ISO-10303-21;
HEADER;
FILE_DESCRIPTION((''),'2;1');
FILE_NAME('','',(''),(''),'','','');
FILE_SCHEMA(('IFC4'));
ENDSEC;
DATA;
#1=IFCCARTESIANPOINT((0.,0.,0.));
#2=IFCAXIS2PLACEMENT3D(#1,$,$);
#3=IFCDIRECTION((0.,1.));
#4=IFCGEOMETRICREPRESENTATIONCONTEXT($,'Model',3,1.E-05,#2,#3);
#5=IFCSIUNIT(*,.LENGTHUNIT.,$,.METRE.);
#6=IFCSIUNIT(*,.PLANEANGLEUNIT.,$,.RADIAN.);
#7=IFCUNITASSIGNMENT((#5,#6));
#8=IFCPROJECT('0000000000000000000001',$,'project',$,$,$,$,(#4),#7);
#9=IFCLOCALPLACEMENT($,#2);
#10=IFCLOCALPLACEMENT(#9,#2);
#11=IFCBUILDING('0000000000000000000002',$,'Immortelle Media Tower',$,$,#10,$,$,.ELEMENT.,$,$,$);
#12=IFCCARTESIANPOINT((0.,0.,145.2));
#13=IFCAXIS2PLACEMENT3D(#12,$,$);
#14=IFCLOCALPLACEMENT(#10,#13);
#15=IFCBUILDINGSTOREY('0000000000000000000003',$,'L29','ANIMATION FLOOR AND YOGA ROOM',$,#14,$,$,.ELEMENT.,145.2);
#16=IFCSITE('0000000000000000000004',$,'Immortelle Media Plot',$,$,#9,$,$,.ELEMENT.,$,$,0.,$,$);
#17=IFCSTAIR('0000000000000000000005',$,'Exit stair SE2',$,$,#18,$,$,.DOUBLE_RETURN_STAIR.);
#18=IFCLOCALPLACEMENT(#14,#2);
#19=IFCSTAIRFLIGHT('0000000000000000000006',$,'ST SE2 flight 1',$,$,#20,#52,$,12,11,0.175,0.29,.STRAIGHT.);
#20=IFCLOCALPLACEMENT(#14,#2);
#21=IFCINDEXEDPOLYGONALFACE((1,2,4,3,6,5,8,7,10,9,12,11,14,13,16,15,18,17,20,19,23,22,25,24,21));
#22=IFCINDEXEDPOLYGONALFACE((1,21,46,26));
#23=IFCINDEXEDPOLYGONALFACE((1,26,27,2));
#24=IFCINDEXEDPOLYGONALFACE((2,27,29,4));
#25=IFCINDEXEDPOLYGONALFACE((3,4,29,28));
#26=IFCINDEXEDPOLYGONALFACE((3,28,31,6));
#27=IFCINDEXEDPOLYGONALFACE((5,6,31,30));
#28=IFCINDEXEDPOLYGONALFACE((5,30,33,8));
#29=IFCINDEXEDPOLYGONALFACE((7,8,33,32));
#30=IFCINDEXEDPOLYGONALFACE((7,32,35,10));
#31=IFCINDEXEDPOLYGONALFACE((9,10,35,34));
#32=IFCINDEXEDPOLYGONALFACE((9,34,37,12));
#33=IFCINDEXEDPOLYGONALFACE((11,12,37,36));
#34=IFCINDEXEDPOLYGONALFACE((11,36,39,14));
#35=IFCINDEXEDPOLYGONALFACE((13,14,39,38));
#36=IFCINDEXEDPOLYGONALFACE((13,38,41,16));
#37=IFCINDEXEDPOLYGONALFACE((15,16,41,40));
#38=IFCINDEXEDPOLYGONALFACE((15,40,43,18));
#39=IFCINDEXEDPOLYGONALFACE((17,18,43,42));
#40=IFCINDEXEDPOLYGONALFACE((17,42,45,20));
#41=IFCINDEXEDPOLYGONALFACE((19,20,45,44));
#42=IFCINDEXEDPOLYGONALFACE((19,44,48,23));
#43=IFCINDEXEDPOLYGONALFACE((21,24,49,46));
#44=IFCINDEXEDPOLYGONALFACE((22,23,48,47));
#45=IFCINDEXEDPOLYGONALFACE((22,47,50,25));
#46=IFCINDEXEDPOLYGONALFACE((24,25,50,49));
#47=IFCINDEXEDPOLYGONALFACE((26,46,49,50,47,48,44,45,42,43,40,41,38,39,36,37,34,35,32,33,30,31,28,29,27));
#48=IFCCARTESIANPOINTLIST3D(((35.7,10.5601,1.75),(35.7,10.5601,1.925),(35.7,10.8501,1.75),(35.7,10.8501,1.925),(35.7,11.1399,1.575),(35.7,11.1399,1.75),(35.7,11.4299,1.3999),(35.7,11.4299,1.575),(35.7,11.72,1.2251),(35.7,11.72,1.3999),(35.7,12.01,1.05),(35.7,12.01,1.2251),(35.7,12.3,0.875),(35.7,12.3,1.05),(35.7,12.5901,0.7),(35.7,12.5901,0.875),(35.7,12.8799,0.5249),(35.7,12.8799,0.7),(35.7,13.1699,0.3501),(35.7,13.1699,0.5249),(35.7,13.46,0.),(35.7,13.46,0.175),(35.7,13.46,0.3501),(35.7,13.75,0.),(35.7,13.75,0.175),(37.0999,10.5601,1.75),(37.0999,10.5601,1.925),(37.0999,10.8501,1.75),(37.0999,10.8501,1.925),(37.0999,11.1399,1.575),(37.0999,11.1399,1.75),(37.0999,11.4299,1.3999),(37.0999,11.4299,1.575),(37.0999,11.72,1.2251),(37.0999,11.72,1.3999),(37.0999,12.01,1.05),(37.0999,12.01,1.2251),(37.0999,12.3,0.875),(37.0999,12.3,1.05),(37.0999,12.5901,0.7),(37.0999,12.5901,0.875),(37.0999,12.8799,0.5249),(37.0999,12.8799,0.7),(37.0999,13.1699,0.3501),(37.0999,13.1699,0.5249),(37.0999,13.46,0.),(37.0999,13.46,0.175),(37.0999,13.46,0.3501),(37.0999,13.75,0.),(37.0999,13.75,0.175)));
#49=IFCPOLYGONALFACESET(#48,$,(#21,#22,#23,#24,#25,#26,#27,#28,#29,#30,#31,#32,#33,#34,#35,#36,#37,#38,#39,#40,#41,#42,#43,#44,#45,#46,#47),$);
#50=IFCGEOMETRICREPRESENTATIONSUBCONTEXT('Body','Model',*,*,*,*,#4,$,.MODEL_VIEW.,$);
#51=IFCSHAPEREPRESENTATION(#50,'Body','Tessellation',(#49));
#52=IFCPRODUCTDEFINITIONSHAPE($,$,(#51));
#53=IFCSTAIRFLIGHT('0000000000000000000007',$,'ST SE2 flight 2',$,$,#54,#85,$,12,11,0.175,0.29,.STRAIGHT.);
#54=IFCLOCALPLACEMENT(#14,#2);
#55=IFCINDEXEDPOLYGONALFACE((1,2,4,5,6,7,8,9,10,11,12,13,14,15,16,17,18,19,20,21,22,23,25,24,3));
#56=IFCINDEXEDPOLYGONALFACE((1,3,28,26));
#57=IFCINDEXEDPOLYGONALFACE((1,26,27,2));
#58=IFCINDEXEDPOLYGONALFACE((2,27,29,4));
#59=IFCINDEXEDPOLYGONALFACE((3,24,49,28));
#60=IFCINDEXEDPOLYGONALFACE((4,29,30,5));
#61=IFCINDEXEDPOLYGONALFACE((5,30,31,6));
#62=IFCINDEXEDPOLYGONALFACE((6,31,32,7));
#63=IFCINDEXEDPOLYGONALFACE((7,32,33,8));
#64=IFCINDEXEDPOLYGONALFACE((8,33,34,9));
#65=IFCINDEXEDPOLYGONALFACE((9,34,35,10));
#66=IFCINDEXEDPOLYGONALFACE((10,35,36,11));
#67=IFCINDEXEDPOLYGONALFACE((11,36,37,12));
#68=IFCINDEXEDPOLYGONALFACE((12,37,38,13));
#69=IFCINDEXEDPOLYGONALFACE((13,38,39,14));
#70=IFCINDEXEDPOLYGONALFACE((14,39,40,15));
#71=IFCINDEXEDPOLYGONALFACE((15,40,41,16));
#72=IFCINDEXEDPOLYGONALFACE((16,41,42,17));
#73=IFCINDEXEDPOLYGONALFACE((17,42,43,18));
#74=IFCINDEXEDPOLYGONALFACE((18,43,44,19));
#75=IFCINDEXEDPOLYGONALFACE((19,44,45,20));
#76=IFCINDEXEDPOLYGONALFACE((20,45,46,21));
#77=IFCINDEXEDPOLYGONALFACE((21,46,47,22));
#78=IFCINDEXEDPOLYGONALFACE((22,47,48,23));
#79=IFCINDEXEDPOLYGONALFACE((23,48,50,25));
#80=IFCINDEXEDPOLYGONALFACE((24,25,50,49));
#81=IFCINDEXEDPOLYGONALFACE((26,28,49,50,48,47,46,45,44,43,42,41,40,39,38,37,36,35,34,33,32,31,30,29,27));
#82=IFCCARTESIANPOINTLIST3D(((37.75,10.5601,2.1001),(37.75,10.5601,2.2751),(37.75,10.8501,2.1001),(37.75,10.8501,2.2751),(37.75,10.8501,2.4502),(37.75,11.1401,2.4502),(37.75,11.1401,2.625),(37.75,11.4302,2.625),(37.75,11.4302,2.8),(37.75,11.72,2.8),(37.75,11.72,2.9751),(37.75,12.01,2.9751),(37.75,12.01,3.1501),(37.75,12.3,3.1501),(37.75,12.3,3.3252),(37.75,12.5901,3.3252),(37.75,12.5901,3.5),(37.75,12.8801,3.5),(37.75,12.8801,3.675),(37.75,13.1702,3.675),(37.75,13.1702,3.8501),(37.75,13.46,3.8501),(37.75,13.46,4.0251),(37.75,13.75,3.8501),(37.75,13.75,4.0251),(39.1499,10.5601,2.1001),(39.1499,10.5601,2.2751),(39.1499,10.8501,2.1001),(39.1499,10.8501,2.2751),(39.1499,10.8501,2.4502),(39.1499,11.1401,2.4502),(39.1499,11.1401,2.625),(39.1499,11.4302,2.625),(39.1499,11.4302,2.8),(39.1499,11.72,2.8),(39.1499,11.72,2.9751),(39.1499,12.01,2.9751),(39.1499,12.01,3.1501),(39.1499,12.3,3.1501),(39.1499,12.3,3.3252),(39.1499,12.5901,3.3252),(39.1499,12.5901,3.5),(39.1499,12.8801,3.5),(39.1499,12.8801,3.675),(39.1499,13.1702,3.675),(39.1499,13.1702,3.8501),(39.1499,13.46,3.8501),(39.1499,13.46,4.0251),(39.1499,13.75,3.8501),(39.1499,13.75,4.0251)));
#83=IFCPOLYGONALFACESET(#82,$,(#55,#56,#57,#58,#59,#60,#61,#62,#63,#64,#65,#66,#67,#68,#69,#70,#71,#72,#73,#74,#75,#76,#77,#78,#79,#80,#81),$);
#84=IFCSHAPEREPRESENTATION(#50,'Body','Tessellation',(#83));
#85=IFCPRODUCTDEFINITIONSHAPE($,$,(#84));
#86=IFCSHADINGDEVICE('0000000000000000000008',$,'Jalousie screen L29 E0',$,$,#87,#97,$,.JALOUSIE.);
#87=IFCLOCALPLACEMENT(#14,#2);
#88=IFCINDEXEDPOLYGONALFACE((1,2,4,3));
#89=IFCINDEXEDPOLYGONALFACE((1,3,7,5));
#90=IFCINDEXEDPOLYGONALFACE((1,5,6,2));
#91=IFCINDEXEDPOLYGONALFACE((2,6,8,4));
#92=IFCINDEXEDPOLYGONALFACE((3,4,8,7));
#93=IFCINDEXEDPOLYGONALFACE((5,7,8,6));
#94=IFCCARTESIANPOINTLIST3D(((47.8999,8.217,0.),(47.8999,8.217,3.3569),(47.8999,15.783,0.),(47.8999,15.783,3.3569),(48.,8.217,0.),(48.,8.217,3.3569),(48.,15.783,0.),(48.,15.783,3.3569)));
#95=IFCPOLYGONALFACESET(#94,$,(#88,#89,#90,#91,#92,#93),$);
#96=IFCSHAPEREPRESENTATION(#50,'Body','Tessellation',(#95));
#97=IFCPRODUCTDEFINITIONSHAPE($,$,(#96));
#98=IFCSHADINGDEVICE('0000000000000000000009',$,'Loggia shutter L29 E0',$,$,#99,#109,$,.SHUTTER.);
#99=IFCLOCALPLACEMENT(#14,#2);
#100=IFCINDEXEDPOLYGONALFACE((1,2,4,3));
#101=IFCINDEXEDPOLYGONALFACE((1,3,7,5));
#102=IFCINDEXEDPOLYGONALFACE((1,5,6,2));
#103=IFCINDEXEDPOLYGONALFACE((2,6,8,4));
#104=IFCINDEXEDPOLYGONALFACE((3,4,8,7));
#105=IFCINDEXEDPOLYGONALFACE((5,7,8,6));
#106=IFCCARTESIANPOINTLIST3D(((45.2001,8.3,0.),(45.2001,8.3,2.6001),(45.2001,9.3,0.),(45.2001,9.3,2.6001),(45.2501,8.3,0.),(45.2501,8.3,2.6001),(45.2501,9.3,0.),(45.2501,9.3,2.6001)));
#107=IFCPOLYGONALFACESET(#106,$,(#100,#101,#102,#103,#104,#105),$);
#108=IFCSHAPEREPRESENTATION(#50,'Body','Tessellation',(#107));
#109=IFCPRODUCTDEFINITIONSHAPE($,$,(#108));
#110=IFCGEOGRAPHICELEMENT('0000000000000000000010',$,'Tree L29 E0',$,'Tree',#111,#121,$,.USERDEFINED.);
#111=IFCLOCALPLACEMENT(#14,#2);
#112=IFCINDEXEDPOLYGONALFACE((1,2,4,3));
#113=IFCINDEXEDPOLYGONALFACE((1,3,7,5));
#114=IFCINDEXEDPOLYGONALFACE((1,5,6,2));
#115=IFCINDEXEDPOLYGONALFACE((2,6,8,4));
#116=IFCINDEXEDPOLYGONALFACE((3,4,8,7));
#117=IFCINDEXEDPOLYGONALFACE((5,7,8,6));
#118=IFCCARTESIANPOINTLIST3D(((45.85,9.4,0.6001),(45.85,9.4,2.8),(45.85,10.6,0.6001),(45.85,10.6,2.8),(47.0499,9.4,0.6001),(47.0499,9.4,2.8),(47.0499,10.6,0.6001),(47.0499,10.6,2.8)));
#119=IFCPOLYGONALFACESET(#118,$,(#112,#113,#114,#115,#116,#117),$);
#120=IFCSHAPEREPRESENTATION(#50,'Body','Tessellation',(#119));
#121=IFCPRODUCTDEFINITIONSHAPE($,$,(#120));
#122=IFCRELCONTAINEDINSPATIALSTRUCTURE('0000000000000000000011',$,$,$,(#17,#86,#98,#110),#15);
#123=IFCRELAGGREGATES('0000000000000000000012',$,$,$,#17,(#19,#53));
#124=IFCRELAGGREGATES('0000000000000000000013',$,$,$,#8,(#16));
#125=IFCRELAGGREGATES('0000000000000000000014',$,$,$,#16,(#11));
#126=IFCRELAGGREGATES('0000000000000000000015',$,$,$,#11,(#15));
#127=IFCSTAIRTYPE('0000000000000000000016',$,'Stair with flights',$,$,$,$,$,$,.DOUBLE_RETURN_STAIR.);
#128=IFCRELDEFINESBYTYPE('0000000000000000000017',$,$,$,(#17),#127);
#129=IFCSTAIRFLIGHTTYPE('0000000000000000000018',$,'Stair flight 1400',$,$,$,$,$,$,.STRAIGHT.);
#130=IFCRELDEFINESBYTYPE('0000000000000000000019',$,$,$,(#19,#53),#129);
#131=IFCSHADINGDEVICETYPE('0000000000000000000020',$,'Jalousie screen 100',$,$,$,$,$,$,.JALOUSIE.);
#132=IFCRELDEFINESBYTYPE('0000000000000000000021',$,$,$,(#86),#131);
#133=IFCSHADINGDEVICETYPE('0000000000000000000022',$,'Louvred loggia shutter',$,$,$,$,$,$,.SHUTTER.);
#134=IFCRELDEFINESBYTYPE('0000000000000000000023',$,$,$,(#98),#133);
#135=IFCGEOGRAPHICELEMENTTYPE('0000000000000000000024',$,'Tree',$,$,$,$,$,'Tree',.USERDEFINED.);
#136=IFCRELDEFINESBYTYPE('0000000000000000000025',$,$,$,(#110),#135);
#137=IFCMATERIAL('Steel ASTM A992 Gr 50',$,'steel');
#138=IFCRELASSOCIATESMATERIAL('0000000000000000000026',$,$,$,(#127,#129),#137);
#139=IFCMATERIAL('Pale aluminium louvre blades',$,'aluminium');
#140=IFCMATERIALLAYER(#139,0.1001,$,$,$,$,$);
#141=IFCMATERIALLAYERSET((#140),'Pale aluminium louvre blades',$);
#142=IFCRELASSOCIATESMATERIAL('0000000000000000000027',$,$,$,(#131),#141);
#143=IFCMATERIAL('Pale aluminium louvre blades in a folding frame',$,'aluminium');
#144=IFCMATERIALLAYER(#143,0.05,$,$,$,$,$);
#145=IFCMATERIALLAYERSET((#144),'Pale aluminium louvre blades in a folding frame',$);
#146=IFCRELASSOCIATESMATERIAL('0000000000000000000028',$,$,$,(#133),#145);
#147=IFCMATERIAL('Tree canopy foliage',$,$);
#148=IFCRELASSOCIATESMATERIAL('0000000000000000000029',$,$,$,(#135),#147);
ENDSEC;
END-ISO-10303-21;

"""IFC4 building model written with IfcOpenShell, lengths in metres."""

from ifc_helpers import new_model, si_unit, direction, frame, origin, origin_2d, place, context, subcontext, project, spatial, polyline, rectangle, outline, extrude, material, layer, layer_set, type_object, element, aggregate, save


model = new_model("IFC4")

# Units and contexts
model_context = context("Model", 3, precision=1e-05, world=origin(), true_north=direction((0.0, 1.0)))
body_context = subcontext(model_context, "Body", "Model", "MODEL_VIEW")
ifc_project = project(units=[si_unit("LENGTHUNIT", "METRE"), si_unit("PLANEANGLEUNIT", "RADIAN")], contexts=[model_context])

# Site, building, storey
site_placement = place(None, origin())
site = spatial("IfcSite", under=ifc_project, at=site_placement, Name="Immortelle Media Plot", CompositionType="ELEMENT", RefElevation=0.0)
building_placement = place(site_placement, origin())
building = spatial("IfcBuilding", under=site, at=building_placement, Name="Immortelle Media Tower", CompositionType="ELEMENT")
storey_placement = place(building_placement, frame((0.0, 0.0, 145.2)))
storey = spatial("IfcBuildingStorey", under=building, at=storey_placement, Name="L29", Description="ANIMATION FLOOR AND YOGA ROOM", CompositionType="ELEMENT", Elevation=145.2)

# Shared definitions
ifc_material_1 = material(Name="Steel ASTM A992 Gr 50", Category="steel")

# Stair, stair flights
stair_type = type_object("IfcStairType", Name="Stair with flights", PredefinedType="DOUBLE_RETURN_STAIR", material=ifc_material_1)
stair_flight_type = type_object("IfcStairFlightType", Name="Stair flight 1400", PredefinedType="STRAIGHT", material=ifc_material_1)
stair_1_placement = place(storey_placement, origin())
stair_1 = element("IfcStair", 1, at=stair_1_placement, inside=storey, type_object=stair_type, Name="Exit stair SE2", PredefinedType="DOUBLE_RETURN_STAIR")
stair_flight_1_placement = place(storey_placement, frame((36.3999, 13.75, 0.0), z_axis=(0.0, 0.0, 1.0), x_axis=(0.0, -1.0, 0.0)))
stair_flight_1 = element("IfcStairFlight", 2, at=stair_flight_1_placement, type_object=stair_flight_type, Name="ST SE2 flight 1", NumberOfRisers=12, NumberOfTreads=11, PredefinedType="STRAIGHT", RiserHeight=0.175, TreadLength=0.29, context=body_context, shape_type="SweptSolid", body=[
    extrude(outline(polyline([(0.0, 0.0), (0.0, 0.175), (0.29, 0.175), (0.29, 0.3501), (0.5801, 0.3501), (0.5801, 0.5249), (0.8701, 0.5249), (0.8701, 0.7), (1.1599, 0.7), (1.1599, 0.875), (1.45, 0.875), (1.45, 1.05), (1.74, 1.05), (1.74, 1.2251), (2.03, 1.2251), (2.03, 1.3999), (2.3201, 1.3999), (2.3201, 1.575), (2.6101, 1.575), (2.6101, 1.75), (2.8999, 1.75), (2.8999, 1.925), (3.1899, 1.925), (3.1899, 2.1001), (3.1899, 1.75), (0.29, 0.0), (0.0, 0.0)])), frame((0.0, 0.7, 0.0), z_axis=(0.0, -1.0, 0.0), x_axis=(1.0, 0.0, 0.0)), (0.0, 0.0, 1.0), 1.3999),
])
stair_flight_2_placement = place(storey_placement, frame((38.45, 10.5601, 2.1001), z_axis=(0.0, 0.0, 1.0), x_axis=(0.0, 1.0, 0.0)))
stair_flight_2 = element("IfcStairFlight", 3, at=stair_flight_2_placement, type_object=stair_flight_type, Name="ST SE2 flight 2", NumberOfRisers=12, NumberOfTreads=11, PredefinedType="STRAIGHT", RiserHeight=0.175, TreadLength=0.29, context=body_context, shape_type="SweptSolid", body=[
    extrude(outline(polyline([(0.0, 0.0), (0.0, 0.175), (0.29, 0.175), (0.29, 0.3501), (0.5801, 0.3501), (0.5801, 0.5249), (0.8701, 0.5249), (0.8701, 0.7), (1.1599, 0.7), (1.1599, 0.875), (1.45, 0.875), (1.45, 1.05), (1.74, 1.05), (1.74, 1.2251), (2.03, 1.2251), (2.03, 1.3999), (2.3201, 1.3999), (2.3201, 1.575), (2.6101, 1.575), (2.6101, 1.75), (2.8999, 1.75), (2.8999, 1.925), (3.1899, 1.925), (3.1899, 2.1001), (3.1899, 1.75), (0.29, 0.0), (0.0, 0.0)])), frame((0.0, 0.7, 0.0), z_axis=(0.0, -1.0, 0.0), x_axis=(1.0, 0.0, 0.0)), (0.0, 0.0, 1.0), 1.3999),
])
aggregate(stair_1, [stair_flight_1, stair_flight_2])

# Shading devices
ifc_material_2 = material(Name="Pale aluminium louvre blades", Category="aluminium")
ifc_layer_1 = layer(ifc_material_2, 0.1001)
ifc_layer_set_1 = layer_set([ifc_layer_1], Name="Pale aluminium louvre blades")
shading_device_type_1 = type_object("IfcShadingDeviceType", Name="Jalousie screen 100", PredefinedType="JALOUSIE", material=ifc_layer_set_1)
shading_device_1_placement = place(storey_placement, frame((47.95, 12.0, 0.0), z_axis=(0.0, 0.0, 1.0), x_axis=(0.0, 1.0, 0.0)))
element("IfcShadingDevice", 4, at=shading_device_1_placement, inside=storey, type_object=shading_device_type_1, Name="Jalousie screen L29 E0", PredefinedType="JALOUSIE", context=body_context, shape_type="SweptSolid", body=[
    extrude(rectangle(XDim=7.5659, YDim=0.1001, at=origin_2d()), origin(), (0.0, 0.0, 1.0), 3.3569),
])
ifc_material_3 = material(Name="Pale aluminium louvre blades in a folding frame", Category="aluminium")
ifc_layer_2 = layer(ifc_material_3, 0.05)
ifc_layer_set_2 = layer_set([ifc_layer_2], Name="Pale aluminium louvre blades in a folding frame")
shading_device_type_2 = type_object("IfcShadingDeviceType", Name="Louvred loggia shutter", PredefinedType="SHUTTER", material=ifc_layer_set_2)
shading_device_2_placement = place(storey_placement, frame((45.2251, 8.8, 0.0), z_axis=(0.0, 0.0, 1.0), x_axis=(0.0, 1.0, 0.0)))
element("IfcShadingDevice", 5, at=shading_device_2_placement, inside=storey, type_object=shading_device_type_2, Name="Loggia shutter L29 E0", PredefinedType="SHUTTER", context=body_context, shape_type="SweptSolid", body=[
    extrude(rectangle(XDim=1.0, YDim=0.05, at=origin_2d()), origin(), (0.0, 0.0, 1.0), 2.6001),
])

# Geographic element
ifc_material_4 = material(Name="Tree canopy foliage")
geographic_element_type = type_object("IfcGeographicElementType", Name="Tree", ElementType="Tree", PredefinedType="USERDEFINED", material=ifc_material_4)
geographic_element_placement = place(storey_placement, frame((46.45, 10.0, 0.6001), z_axis=(0.0, 0.0, 1.0), x_axis=(1.0, 0.0, 0.0)))
element("IfcGeographicElement", 6, at=geographic_element_placement, inside=storey, type_object=geographic_element_type, Name="Tree L29 E0", ObjectType="Tree", PredefinedType="USERDEFINED", context=body_context, shape_type="SweptSolid", body=[
    extrude(rectangle(XDim=1.2, YDim=1.2, at=origin_2d()), origin(), (0.0, 0.0, 1.0), 2.2),
])

save(model, "model.ifc")
